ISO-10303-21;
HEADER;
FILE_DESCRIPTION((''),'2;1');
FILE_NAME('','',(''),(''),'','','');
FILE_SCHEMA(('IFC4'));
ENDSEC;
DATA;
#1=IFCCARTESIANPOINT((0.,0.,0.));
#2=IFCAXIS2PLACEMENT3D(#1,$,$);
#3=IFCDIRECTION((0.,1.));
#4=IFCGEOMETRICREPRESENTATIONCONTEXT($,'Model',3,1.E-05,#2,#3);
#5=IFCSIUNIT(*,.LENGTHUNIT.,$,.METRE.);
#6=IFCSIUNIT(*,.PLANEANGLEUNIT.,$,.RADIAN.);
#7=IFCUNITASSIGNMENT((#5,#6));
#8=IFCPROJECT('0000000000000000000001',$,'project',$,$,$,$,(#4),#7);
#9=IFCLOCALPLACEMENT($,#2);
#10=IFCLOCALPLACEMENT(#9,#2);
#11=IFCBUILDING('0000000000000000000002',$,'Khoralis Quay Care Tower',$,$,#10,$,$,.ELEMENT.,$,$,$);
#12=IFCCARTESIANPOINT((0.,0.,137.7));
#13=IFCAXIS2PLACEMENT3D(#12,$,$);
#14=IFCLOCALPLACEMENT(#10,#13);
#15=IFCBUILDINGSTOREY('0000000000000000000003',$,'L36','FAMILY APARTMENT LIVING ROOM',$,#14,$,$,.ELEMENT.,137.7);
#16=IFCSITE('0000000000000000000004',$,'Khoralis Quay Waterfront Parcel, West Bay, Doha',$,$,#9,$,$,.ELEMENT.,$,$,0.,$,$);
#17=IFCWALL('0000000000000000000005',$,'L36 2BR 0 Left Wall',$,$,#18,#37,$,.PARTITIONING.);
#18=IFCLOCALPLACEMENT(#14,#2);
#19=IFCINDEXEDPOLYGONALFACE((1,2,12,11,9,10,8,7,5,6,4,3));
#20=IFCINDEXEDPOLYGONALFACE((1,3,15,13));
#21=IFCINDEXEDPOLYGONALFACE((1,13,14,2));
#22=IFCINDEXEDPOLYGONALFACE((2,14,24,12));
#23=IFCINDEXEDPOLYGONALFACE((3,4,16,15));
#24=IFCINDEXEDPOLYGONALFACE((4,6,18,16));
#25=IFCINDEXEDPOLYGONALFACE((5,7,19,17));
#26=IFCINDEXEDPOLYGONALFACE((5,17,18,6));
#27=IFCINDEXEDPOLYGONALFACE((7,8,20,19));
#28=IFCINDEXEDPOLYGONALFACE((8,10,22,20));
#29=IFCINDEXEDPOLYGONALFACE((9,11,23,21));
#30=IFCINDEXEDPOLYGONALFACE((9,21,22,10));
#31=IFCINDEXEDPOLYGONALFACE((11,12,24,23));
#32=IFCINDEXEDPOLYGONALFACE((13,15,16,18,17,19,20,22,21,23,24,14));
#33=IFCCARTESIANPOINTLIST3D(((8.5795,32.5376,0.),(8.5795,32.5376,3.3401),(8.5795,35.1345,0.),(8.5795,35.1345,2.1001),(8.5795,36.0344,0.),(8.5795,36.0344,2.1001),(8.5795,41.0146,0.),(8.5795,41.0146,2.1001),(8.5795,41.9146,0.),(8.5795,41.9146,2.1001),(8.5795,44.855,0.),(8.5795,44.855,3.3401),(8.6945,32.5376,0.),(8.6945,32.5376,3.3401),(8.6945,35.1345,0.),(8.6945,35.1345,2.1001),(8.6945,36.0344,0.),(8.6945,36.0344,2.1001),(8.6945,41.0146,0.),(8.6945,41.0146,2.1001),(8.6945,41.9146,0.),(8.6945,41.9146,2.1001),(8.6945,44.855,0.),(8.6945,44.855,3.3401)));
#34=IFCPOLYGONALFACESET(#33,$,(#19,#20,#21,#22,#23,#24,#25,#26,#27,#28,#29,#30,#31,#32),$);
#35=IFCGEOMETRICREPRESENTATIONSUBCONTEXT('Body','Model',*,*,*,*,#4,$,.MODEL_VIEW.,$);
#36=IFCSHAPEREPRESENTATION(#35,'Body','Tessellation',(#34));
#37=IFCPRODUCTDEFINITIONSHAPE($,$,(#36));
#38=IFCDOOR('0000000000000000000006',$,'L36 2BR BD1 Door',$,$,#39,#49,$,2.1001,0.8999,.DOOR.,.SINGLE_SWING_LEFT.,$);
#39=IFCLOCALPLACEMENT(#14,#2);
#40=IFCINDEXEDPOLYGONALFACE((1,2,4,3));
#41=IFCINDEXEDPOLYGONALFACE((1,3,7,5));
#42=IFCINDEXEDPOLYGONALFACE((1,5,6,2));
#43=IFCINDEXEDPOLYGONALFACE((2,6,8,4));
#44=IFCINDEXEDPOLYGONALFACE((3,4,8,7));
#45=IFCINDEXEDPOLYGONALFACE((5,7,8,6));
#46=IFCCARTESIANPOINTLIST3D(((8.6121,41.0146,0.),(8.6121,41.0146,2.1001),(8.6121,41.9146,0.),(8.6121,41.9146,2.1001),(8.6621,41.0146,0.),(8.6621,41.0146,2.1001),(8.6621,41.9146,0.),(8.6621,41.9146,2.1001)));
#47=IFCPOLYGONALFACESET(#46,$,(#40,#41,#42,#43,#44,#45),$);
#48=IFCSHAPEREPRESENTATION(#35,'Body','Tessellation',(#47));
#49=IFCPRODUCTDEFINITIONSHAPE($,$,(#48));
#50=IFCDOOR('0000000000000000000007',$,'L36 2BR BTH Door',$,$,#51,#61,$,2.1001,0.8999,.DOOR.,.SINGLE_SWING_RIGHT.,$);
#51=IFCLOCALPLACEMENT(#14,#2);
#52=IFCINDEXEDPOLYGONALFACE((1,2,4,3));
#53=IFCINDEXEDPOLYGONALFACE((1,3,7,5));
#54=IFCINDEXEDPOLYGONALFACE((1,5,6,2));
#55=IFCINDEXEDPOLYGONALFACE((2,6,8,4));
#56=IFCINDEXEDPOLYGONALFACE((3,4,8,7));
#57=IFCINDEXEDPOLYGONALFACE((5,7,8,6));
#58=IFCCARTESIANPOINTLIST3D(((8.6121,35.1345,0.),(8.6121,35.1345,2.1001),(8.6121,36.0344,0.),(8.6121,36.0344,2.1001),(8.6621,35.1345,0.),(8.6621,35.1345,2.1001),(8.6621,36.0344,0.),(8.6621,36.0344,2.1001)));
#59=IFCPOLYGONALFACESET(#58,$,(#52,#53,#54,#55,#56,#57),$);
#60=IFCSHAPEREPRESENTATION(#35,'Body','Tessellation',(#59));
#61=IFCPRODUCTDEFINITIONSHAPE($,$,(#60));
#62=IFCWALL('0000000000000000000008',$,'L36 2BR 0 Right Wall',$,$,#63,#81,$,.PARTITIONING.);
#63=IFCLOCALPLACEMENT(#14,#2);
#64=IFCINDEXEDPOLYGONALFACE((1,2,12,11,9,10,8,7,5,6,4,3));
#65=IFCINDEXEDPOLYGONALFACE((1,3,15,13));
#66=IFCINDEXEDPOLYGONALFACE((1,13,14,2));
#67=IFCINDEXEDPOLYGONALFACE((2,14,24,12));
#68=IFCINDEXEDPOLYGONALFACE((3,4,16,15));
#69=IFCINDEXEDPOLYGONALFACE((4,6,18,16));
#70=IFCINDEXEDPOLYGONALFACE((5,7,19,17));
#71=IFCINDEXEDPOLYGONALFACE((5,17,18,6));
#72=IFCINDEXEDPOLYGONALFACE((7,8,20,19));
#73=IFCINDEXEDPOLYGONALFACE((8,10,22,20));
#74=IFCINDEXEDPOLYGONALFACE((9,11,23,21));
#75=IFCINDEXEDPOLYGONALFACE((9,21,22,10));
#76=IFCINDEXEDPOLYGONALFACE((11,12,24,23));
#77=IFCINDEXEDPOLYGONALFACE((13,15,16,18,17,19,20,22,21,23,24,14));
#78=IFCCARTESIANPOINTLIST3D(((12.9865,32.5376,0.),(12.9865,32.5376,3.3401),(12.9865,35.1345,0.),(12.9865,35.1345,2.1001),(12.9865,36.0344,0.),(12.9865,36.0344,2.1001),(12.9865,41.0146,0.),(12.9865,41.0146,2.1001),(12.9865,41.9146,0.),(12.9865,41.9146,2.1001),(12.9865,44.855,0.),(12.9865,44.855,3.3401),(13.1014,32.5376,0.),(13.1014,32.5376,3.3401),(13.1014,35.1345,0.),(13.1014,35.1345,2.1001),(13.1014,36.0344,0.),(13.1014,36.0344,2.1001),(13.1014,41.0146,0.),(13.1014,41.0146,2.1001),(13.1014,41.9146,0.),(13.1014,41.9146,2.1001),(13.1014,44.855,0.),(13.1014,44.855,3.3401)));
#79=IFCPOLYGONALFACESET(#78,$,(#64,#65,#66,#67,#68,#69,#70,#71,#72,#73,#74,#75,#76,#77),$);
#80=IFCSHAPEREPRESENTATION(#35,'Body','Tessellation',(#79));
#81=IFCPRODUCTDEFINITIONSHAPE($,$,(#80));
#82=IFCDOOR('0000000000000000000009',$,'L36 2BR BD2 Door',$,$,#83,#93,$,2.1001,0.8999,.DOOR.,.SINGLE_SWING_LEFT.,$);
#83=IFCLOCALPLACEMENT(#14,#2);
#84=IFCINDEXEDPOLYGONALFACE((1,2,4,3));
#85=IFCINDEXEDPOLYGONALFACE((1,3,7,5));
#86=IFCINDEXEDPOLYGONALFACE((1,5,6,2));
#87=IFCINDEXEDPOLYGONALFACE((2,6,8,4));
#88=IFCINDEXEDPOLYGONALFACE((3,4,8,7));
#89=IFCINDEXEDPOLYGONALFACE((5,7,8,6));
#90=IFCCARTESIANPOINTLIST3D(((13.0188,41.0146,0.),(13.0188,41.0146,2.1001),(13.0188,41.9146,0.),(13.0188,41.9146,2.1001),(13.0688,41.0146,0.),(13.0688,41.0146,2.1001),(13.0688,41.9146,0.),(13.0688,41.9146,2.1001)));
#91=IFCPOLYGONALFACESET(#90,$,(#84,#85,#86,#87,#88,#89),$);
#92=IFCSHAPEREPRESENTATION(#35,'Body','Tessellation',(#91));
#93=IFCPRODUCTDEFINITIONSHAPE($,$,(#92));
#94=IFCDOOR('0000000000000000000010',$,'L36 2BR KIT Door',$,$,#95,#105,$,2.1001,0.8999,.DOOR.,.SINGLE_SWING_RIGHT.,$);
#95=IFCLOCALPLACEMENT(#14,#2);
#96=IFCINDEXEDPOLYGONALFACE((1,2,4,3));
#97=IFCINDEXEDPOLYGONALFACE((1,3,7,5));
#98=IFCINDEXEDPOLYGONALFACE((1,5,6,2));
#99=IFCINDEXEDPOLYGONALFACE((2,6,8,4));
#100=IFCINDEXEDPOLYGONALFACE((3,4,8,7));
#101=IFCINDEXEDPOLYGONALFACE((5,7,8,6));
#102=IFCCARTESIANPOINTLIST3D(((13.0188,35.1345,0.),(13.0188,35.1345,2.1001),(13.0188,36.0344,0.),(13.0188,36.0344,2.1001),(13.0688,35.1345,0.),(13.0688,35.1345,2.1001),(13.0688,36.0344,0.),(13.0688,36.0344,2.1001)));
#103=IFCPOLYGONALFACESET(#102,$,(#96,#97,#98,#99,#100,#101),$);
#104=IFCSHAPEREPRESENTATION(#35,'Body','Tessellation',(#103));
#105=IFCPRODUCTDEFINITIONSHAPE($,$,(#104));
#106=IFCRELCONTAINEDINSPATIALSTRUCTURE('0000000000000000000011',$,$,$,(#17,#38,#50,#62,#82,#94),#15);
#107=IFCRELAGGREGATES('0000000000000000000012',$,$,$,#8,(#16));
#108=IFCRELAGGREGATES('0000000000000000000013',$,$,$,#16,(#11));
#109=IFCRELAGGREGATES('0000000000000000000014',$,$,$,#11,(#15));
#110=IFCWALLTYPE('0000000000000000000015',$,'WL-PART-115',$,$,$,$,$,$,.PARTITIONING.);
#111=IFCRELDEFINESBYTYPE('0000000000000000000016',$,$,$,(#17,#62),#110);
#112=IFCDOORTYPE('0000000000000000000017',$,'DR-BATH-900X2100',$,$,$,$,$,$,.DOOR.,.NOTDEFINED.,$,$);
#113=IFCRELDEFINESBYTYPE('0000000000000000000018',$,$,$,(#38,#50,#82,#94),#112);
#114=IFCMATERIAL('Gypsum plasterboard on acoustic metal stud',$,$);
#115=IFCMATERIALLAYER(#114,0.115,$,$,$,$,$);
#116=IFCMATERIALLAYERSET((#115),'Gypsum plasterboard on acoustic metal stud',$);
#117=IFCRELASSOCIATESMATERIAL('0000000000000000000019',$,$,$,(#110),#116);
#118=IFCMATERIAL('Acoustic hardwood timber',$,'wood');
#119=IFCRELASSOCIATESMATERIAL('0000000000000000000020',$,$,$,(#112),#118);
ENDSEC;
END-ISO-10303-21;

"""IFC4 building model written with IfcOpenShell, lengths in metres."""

from ifc_helpers import new_model, si_unit, direction, frame, frame_2d, origin, place, context, subcontext, project, spatial, rectangle, extrude, source, transform, mapped, material, layer, layer_set, type_object, element, fill, save


model = new_model("IFC4")

# Units and contexts
model_context = context("Model", 3, precision=1e-05, world=origin(), true_north=direction((0.0, 1.0)))
body_context = subcontext(model_context, "Body", "Model", "MODEL_VIEW")
ifc_project = project(units=[si_unit("LENGTHUNIT", "METRE"), si_unit("PLANEANGLEUNIT", "RADIAN")], contexts=[model_context])

# Site, building, storey
site_placement = place(None, origin())
site = spatial("IfcSite", under=ifc_project, at=site_placement, Name="Khoralis Quay Waterfront Parcel, West Bay, Doha", CompositionType="ELEMENT", RefElevation=0.0)
building_placement = place(site_placement, origin())
building = spatial("IfcBuilding", under=site, at=building_placement, Name="Khoralis Quay Care Tower", CompositionType="ELEMENT")
storey_placement = place(building_placement, frame((0.0, 0.0, 137.7)))
storey = spatial("IfcBuildingStorey", under=building, at=storey_placement, Name="L36", Description="FAMILY APARTMENT LIVING ROOM", CompositionType="ELEMENT", Elevation=137.7)

# Shared definitions
ifc_material_1 = material(Name="Gypsum plasterboard on acoustic metal stud")

# Walls, openings, doors
ifc_material_2 = material(Name="Acoustic hardwood timber", Category="wood")
ifc_layer_1 = layer(ifc_material_1, 0.115)
ifc_layer_set_1 = layer_set([ifc_layer_1], Name="Gypsum plasterboard on acoustic metal stud")
wall_type_1 = type_object("IfcWallType", Name="WL-PART-115", PredefinedType="PARTITIONING", material=ifc_layer_set_1)
wall_1_placement = place(storey_placement, frame((8.637, 32.5376, 0.0), z_axis=(0.0, 0.0, 1.0), x_axis=(0.0, 1.0, 0.0)))
wall_1 = element("IfcWall", 1, at=wall_1_placement, inside=storey, type_object=wall_type_1, Name="L36 2BR 0 Left Wall", PredefinedType="PARTITIONING", context=body_context, shape_type="SweptSolid", body=[
    extrude(rectangle(XDim=12.3174, YDim=0.115, at=frame_2d((6.1587, 0.0))), origin(), (0.0, 0.0, 1.0), 3.3401),
])
opening_1_placement = place(wall_1_placement, frame((8.4771, 0.0, 0.0)))
opening_1 = element("IfcOpeningElement", 2, at=opening_1_placement, cuts=wall_1, PredefinedType="OPENING", context=body_context, shape_type="SweptSolid", body=[
    extrude(rectangle(XDim=0.8999, YDim=2.1001, at=frame_2d((0.45, 1.05))), frame((0.0, 0.0674, 0.0), z_axis=(0.0, -1.0, 0.0), x_axis=(1.0, 0.0, 0.0)), (0.0, 0.0, 1.0), 0.135),
])
opening_2_placement = place(wall_1_placement, frame((2.5969, 0.0, 0.0)))
opening_2 = element("IfcOpeningElement", 3, at=opening_2_placement, cuts=wall_1, PredefinedType="OPENING", context=body_context, shape_type="SweptSolid", body=[
    extrude(rectangle(XDim=0.8999, YDim=2.1001, at=frame_2d((0.45, 1.05))), frame((0.0, 0.0674, 0.0), z_axis=(0.0, -1.0, 0.0), x_axis=(1.0, 0.0, 0.0)), (0.0, 0.0, 1.0), 0.135),
])
door_type_1 = type_object("IfcDoorType", Name="DR-BATH-900X2100", OperationType="NOTDEFINED", PredefinedType="DOOR", material=ifc_material_2)
shared_shape_1 = source(origin(), body_context, "Body", "SweptSolid", [
    extrude(rectangle(XDim=0.8999, YDim=2.1001, at=frame_2d((0.45, 1.05))), frame((0.0, 0.0249, 0.0), z_axis=(0.0, -1.0, 0.0), x_axis=(1.0, 0.0, 0.0)), (0.0, 0.0, 1.0), 0.05),
])
door_1_placement = place(opening_1_placement, origin())
door_1 = element("IfcDoor", 4, at=door_1_placement, inside=storey, type_object=door_type_1, Name="L36 2BR BD1 Door", OperationType="SINGLE_SWING_LEFT", OverallHeight=2.1001, OverallWidth=0.8999, PredefinedType="DOOR", context=body_context, shape_type="MappedRepresentation", body=[
    mapped(shared_shape_1, transform((0.0, 0.0, 0.0), scale=1.0)),
])
fill(opening_1, door_1)
door_2_placement = place(opening_2_placement, origin())
door_2 = element("IfcDoor", 5, at=door_2_placement, inside=storey, type_object=door_type_1, Name="L36 2BR BTH Door", OperationType="SINGLE_SWING_RIGHT", OverallHeight=2.1001, OverallWidth=0.8999, PredefinedType="DOOR", context=body_context, shape_type="MappedRepresentation", body=[
    mapped(shared_shape_1, transform((0.0, 0.0, 0.0), scale=1.0)),
])
fill(opening_2, door_2)
wall_2_placement = place(storey_placement, frame((13.0439, 32.5376, 0.0), z_axis=(0.0, 0.0, 1.0), x_axis=(0.0, 1.0, 0.0)))
wall_2 = element("IfcWall", 6, at=wall_2_placement, inside=storey, type_object=wall_type_1, Name="L36 2BR 0 Right Wall", PredefinedType="PARTITIONING", context=body_context, shape_type="SweptSolid", body=[
    extrude(rectangle(XDim=12.3174, YDim=0.115, at=frame_2d((6.1587, 0.0))), origin(), (0.0, 0.0, 1.0), 3.3401),
])
opening_3_placement = place(wall_2_placement, frame((8.4771, 0.0, 0.0)))
opening_3 = element("IfcOpeningElement", 7, at=opening_3_placement, cuts=wall_2, PredefinedType="OPENING", context=body_context, shape_type="SweptSolid", body=[
    extrude(rectangle(XDim=0.8999, YDim=2.1001, at=frame_2d((0.45, 1.05))), frame((0.0, 0.0674, 0.0), z_axis=(0.0, -1.0, 0.0), x_axis=(1.0, 0.0, 0.0)), (0.0, 0.0, 1.0), 0.135),
])
opening_4_placement = place(wall_2_placement, frame((2.5969, 0.0, 0.0)))
opening_4 = element("IfcOpeningElement", 8, at=opening_4_placement, cuts=wall_2, PredefinedType="OPENING", context=body_context, shape_type="SweptSolid", body=[
    extrude(rectangle(XDim=0.8999, YDim=2.1001, at=frame_2d((0.45, 1.05))), frame((0.0, 0.0674, 0.0), z_axis=(0.0, -1.0, 0.0), x_axis=(1.0, 0.0, 0.0)), (0.0, 0.0, 1.0), 0.135),
])
door_3_placement = place(opening_3_placement, frame((0.8999, 0.0, 0.0), z_axis=(0.0, 0.0, 1.0), x_axis=(-1.0, 0.0, 0.0)))
door_3 = element("IfcDoor", 9, at=door_3_placement, inside=storey, type_object=door_type_1, Name="L36 2BR BD2 Door", OperationType="SINGLE_SWING_LEFT", OverallHeight=2.1001, OverallWidth=0.8999, PredefinedType="DOOR", context=body_context, shape_type="MappedRepresentation", body=[
    mapped(shared_shape_1, transform((0.0, 0.0, 0.0), scale=1.0)),
])
fill(opening_3, door_3)
door_4_placement = place(opening_4_placement, frame((0.8999, 0.0, 0.0), z_axis=(0.0, 0.0, 1.0), x_axis=(-1.0, 0.0, 0.0)))
door_4 = element("IfcDoor", 10, at=door_4_placement, inside=storey, type_object=door_type_1, Name="L36 2BR KIT Door", OperationType="SINGLE_SWING_RIGHT", OverallHeight=2.1001, OverallWidth=0.8999, PredefinedType="DOOR", context=body_context, shape_type="MappedRepresentation", body=[
    mapped(shared_shape_1, transform((0.0, 0.0, 0.0), scale=1.0)),
])
fill(opening_4, door_4)

save(model, "model.ifc")
